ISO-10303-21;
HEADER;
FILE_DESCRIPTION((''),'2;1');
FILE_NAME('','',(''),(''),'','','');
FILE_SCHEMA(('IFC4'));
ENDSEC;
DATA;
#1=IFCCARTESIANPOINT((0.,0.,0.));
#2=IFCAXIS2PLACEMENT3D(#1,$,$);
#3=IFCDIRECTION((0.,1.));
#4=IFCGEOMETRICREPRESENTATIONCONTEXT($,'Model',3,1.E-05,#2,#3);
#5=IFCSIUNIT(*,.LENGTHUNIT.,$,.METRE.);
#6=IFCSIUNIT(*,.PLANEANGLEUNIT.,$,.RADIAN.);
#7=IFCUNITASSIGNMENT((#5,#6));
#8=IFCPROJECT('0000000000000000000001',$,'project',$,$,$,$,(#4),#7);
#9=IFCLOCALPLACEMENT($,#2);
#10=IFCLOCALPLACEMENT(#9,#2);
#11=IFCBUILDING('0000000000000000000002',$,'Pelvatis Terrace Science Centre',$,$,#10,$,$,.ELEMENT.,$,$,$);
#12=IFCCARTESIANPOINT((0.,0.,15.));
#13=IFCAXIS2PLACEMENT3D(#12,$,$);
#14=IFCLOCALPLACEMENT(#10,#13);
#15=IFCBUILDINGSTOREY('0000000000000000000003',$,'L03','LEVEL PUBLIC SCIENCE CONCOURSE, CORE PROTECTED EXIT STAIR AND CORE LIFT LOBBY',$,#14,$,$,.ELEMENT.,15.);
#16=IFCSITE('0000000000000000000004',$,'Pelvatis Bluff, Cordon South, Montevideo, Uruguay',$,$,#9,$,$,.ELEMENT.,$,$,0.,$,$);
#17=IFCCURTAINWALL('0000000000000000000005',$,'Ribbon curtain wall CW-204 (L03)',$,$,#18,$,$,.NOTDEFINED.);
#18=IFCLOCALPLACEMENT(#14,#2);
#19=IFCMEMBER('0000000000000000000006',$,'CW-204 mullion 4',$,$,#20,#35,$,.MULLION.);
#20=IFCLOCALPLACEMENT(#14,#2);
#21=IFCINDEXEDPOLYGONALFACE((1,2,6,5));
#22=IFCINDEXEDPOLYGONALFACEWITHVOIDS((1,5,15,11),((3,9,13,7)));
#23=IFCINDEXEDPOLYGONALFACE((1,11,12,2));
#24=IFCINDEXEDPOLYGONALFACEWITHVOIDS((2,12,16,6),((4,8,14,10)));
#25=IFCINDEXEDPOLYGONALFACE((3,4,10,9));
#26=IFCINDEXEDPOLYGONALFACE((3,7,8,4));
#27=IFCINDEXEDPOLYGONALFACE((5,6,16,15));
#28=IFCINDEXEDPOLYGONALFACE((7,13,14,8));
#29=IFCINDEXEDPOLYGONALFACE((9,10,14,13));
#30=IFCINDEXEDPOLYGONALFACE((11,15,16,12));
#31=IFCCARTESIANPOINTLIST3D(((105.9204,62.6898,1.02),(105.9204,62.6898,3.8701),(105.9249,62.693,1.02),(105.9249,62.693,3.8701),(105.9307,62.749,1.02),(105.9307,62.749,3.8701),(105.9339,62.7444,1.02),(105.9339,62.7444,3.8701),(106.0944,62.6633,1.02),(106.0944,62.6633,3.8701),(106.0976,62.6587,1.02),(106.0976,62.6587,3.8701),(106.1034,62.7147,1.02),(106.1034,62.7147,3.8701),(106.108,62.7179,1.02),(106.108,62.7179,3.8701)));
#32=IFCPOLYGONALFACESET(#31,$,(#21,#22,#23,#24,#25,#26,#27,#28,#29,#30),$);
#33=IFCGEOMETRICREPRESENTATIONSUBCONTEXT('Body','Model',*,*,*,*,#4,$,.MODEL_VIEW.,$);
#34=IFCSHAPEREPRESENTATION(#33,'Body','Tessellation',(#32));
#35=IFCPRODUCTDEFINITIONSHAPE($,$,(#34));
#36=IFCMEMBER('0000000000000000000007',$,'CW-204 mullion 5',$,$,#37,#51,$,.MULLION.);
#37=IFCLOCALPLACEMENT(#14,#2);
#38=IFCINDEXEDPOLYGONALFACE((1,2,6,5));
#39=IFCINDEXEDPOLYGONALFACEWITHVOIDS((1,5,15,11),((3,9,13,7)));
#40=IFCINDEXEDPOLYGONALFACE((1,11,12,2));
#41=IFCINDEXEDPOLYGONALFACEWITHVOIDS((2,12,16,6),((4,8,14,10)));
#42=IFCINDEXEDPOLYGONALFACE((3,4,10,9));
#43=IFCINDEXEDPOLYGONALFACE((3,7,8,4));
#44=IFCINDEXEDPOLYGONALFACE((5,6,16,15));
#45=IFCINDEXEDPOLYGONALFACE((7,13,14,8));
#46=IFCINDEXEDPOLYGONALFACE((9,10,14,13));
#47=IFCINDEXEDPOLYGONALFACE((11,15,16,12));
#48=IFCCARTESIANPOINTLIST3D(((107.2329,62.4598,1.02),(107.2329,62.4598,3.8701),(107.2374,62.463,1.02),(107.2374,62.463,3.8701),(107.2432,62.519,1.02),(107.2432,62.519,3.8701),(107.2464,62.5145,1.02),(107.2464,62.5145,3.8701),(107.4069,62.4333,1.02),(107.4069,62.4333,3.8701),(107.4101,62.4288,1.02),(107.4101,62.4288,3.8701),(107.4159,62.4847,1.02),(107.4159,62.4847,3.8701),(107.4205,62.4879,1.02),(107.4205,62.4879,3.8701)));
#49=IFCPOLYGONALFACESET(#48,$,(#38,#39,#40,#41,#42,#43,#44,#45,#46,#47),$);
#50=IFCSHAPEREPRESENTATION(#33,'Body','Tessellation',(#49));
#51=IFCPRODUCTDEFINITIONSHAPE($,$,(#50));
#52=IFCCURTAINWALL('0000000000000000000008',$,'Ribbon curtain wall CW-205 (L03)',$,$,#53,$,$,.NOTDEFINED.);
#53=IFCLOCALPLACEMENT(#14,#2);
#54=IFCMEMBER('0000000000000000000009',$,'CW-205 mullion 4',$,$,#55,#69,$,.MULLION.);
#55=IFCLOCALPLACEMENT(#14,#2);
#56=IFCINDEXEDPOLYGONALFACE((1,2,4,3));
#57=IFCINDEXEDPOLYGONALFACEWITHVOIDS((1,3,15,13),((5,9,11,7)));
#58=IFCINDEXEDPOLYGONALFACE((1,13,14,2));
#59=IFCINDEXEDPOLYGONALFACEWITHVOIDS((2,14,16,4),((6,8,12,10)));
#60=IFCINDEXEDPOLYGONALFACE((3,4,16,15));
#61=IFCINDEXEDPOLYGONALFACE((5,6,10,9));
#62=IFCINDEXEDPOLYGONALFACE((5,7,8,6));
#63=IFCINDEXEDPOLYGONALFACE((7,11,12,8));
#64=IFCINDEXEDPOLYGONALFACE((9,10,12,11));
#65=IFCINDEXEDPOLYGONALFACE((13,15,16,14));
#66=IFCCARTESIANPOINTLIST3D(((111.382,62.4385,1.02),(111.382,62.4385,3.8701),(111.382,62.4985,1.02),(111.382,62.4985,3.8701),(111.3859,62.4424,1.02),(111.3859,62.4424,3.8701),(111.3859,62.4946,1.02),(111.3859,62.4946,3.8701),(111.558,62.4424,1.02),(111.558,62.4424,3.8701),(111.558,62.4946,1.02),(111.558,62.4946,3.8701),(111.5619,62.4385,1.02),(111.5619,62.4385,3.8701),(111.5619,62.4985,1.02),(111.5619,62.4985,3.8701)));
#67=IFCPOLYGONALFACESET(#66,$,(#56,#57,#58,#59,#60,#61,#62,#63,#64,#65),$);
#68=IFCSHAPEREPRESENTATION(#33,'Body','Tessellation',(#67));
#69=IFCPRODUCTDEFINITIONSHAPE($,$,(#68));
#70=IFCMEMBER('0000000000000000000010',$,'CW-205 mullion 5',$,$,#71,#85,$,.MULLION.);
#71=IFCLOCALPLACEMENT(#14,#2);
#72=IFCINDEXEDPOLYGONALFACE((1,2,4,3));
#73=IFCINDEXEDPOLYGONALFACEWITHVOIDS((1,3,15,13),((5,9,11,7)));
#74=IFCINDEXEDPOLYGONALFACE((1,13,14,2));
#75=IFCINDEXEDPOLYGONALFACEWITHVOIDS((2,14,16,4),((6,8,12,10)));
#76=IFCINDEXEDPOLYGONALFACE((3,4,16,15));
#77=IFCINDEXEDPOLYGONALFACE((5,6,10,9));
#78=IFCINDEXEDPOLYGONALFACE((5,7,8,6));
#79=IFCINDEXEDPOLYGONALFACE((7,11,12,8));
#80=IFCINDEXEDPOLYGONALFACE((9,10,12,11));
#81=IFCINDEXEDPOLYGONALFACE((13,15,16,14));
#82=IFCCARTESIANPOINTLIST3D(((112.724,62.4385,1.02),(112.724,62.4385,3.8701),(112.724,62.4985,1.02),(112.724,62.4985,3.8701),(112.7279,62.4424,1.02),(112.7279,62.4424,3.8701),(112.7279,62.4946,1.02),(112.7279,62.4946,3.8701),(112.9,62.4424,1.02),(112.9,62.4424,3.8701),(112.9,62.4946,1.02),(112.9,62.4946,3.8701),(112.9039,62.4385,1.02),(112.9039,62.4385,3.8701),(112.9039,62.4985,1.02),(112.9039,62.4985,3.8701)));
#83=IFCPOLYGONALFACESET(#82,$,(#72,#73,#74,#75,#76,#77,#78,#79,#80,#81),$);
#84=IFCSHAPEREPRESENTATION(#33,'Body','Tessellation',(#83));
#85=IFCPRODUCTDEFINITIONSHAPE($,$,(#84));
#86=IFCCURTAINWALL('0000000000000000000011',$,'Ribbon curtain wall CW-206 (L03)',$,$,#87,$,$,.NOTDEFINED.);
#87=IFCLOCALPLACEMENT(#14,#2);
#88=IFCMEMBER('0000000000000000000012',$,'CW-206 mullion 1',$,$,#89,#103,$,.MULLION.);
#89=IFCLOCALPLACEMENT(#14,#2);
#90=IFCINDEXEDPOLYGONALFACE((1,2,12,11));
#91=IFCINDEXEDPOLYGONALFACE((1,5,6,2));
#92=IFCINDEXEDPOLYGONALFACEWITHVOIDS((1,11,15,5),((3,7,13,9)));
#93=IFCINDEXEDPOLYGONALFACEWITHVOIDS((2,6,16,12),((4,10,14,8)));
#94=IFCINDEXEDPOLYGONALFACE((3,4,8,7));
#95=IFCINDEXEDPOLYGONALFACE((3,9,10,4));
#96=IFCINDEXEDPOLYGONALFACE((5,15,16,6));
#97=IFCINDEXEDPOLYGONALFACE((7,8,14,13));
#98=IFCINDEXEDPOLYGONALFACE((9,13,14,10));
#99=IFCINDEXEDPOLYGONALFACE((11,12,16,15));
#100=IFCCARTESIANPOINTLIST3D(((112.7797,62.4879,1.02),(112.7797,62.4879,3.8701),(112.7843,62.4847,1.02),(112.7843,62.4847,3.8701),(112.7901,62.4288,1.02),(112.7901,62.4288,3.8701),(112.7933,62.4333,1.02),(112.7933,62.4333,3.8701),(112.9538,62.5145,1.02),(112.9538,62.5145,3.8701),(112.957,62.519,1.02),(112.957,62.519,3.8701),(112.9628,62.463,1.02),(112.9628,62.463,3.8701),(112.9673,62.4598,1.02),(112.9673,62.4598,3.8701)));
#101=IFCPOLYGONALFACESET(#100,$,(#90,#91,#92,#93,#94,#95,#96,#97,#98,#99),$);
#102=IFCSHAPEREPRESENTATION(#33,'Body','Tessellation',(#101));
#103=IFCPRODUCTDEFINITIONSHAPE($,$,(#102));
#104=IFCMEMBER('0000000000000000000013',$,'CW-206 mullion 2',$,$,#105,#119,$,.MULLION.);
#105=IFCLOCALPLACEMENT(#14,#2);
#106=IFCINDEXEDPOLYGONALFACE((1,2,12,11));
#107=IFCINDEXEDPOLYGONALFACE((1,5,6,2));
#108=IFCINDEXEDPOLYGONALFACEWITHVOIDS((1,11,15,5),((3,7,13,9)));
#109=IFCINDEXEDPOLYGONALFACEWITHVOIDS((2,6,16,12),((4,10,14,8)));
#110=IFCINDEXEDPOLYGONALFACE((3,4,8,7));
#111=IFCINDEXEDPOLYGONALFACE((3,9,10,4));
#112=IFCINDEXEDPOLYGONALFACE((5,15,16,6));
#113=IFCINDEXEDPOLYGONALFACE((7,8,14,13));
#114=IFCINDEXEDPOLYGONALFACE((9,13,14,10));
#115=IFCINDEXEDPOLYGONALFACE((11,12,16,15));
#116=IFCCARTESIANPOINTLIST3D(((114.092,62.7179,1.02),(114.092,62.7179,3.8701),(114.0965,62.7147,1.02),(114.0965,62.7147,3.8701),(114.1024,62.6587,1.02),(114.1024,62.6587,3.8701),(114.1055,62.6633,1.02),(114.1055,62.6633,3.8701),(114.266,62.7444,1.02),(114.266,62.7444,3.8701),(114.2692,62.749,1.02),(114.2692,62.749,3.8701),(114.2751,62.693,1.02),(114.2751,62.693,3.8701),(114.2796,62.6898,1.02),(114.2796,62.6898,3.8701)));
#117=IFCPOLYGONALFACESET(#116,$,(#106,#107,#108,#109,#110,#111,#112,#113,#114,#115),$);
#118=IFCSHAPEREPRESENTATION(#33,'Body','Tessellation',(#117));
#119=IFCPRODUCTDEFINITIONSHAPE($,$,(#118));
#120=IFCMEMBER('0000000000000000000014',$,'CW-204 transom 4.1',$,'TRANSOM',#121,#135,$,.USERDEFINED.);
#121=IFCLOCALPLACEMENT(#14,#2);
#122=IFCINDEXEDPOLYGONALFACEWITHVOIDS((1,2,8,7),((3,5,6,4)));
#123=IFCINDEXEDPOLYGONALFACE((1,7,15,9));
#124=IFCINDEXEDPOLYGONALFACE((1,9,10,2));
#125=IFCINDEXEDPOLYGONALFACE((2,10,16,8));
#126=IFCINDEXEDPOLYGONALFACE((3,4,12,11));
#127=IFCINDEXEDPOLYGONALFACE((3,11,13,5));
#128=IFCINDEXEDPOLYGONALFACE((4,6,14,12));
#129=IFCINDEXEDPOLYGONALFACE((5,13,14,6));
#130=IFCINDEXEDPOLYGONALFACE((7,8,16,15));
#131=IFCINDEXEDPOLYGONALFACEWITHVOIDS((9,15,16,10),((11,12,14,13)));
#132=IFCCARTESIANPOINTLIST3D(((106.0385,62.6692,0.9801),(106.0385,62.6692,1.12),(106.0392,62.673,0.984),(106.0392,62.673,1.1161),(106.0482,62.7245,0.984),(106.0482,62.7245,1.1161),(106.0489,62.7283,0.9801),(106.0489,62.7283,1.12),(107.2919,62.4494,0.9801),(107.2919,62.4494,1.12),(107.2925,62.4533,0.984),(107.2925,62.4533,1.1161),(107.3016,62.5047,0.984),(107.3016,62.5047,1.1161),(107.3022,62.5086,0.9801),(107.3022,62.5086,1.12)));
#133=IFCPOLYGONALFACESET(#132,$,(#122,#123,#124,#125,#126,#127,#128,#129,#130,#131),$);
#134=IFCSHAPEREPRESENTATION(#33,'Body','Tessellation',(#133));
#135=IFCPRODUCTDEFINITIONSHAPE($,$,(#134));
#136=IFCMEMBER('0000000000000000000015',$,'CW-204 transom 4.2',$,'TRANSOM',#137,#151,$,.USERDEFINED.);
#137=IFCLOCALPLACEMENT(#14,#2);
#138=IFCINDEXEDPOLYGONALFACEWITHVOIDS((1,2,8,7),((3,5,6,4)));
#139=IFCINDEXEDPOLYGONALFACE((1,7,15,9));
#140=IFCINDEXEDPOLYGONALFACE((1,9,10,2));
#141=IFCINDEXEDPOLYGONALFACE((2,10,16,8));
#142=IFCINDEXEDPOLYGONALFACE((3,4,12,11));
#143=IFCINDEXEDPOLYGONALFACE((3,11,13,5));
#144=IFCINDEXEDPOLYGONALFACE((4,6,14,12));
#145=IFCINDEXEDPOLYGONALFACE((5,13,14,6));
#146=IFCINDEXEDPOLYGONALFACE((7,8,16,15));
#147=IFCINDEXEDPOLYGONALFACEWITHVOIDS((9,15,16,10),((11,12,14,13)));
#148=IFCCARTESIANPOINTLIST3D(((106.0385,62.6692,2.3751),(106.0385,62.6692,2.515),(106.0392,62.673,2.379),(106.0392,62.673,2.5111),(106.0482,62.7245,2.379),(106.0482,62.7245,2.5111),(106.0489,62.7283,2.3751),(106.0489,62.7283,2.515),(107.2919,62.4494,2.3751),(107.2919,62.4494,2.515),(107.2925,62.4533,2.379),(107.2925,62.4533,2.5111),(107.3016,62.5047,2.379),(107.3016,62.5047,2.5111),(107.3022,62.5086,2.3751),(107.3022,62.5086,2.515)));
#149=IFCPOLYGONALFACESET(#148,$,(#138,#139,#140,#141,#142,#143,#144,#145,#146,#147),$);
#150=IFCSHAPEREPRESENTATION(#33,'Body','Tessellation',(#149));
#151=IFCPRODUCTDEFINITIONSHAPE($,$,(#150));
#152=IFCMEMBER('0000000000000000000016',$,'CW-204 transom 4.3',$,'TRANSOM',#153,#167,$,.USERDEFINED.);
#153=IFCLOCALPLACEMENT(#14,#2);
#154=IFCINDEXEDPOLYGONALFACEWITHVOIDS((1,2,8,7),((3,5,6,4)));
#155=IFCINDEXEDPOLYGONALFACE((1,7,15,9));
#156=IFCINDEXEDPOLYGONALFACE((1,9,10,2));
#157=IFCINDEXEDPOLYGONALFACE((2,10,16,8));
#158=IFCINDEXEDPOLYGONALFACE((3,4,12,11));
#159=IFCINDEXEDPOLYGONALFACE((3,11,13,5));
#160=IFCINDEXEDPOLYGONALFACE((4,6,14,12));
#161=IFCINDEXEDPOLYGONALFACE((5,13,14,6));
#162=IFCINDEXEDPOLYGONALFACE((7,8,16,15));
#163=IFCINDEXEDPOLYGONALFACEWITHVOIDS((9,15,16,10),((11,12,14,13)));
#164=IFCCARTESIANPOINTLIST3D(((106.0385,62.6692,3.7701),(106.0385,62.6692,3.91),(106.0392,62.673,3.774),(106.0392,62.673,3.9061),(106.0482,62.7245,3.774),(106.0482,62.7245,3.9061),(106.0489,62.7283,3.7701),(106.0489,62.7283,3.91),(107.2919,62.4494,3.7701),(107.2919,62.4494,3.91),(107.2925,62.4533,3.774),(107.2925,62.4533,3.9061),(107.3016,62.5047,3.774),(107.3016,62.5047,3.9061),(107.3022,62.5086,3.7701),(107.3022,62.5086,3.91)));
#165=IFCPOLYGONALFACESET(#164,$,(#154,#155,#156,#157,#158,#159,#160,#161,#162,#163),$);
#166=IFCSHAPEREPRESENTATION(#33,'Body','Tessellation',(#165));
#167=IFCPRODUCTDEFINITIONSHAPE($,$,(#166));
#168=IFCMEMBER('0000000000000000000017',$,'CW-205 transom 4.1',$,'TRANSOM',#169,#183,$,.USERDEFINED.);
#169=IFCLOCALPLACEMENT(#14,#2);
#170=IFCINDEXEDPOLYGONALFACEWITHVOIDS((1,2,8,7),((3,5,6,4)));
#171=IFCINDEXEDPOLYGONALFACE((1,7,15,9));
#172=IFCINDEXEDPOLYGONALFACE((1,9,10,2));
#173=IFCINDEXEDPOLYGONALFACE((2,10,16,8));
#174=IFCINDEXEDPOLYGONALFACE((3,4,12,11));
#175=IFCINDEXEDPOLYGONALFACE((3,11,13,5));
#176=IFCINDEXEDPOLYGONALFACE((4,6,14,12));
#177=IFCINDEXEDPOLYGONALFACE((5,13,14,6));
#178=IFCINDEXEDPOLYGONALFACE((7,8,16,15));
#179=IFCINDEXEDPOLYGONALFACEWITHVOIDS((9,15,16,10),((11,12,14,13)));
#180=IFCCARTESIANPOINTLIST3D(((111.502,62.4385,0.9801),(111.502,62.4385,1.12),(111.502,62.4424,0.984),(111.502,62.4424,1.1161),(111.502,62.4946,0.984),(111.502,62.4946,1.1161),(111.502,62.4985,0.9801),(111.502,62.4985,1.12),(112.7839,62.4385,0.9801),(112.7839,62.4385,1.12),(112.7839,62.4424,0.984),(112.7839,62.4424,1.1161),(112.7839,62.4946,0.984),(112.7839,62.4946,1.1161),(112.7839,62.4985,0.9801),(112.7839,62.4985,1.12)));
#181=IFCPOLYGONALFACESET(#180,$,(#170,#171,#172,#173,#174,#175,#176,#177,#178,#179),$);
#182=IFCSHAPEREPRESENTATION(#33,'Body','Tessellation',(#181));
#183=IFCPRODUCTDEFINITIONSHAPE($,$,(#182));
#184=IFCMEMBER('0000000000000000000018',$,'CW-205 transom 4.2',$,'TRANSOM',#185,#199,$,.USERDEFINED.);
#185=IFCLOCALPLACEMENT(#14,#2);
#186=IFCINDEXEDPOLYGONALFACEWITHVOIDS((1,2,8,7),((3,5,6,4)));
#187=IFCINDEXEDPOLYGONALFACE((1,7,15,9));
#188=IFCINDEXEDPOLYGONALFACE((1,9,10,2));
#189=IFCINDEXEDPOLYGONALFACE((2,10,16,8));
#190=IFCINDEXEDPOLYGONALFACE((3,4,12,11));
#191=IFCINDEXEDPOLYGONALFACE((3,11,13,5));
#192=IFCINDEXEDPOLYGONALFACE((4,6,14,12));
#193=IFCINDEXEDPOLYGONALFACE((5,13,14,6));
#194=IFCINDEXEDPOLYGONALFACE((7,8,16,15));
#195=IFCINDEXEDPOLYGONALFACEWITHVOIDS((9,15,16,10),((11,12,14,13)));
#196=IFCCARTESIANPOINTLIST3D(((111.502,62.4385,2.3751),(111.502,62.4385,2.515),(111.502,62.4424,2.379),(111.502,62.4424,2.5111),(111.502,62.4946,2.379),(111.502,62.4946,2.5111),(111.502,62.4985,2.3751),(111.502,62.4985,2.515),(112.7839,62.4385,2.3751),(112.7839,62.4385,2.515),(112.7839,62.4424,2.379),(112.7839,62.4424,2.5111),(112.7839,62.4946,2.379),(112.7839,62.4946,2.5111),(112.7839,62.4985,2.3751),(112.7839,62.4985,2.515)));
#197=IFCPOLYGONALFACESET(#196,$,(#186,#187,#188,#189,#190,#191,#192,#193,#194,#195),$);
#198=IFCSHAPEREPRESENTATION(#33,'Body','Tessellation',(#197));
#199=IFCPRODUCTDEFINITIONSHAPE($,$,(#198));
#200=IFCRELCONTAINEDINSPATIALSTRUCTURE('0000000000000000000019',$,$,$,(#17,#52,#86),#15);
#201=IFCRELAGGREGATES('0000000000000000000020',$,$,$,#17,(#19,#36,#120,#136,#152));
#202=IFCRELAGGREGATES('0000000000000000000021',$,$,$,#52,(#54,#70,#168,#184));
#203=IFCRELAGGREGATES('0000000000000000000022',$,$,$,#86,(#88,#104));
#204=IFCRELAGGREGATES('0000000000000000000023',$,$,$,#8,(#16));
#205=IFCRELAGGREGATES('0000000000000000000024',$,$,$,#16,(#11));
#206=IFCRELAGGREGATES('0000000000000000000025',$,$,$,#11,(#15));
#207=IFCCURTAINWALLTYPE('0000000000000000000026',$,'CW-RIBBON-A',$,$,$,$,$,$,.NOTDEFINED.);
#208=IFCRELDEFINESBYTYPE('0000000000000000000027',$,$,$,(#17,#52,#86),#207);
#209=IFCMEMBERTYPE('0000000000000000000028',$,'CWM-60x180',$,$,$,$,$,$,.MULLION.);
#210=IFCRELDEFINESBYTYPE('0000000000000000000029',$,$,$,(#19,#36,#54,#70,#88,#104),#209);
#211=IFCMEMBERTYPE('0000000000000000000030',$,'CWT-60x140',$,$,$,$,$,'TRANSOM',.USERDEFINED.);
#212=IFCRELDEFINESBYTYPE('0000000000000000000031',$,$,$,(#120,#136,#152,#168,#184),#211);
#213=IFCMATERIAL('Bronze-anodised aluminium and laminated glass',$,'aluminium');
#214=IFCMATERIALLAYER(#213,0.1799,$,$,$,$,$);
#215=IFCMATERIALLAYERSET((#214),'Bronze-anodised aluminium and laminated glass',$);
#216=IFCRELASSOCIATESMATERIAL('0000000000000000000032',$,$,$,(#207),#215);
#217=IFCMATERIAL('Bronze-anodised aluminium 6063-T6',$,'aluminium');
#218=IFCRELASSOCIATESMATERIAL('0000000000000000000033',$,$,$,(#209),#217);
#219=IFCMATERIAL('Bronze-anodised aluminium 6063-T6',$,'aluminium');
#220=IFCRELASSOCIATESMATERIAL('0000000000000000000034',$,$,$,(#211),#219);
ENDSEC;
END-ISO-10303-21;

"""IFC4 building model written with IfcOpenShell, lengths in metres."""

from ifc_helpers import new_model, si_unit, direction, frame, origin, origin_2d, place, context, subcontext, project, spatial, hollow_rectangle, extrude, material, layer, layer_set, material_profile, profile_set, type_object, element, aggregate, save


model = new_model("IFC4")

# Units and contexts
model_context = context("Model", 3, precision=1e-05, world=origin(), true_north=direction((0.0, 1.0)))
body_context = subcontext(model_context, "Body", "Model", "MODEL_VIEW")
ifc_project = project(units=[si_unit("LENGTHUNIT", "METRE"), si_unit("PLANEANGLEUNIT", "RADIAN")], contexts=[model_context])

# Site, building, storey
site_placement = place(None, origin())
site = spatial("IfcSite", under=ifc_project, at=site_placement, Name="Pelvatis Bluff, Cordon South, Montevideo, Uruguay", CompositionType="ELEMENT", RefElevation=0.0)
building_placement = place(site_placement, origin())
building = spatial("IfcBuilding", under=site, at=building_placement, Name="Pelvatis Terrace Science Centre", CompositionType="ELEMENT")
storey_placement = place(building_placement, frame((0.0, 0.0, 15.0)))
storey = spatial("IfcBuildingStorey", under=building, at=storey_placement, Name="L03", Description="LEVEL PUBLIC SCIENCE CONCOURSE, CORE PROTECTED EXIT STAIR AND CORE LIFT LOBBY", CompositionType="ELEMENT", Elevation=15.0)

# Curtain walls, members
ifc_material_1 = material(Name="Bronze-anodised aluminium and laminated glass", Category="aluminium")
ifc_layer_1 = layer(ifc_material_1, 0.1799)
ifc_layer_set_1 = layer_set([ifc_layer_1], Name="Bronze-anodised aluminium and laminated glass")
curtain_wall_type = type_object("IfcCurtainWallType", Name="CW-RIBBON-A", PredefinedType="NOTDEFINED", material=ifc_layer_set_1)
curtain_wall_1_placement = place(storey_placement, origin())
curtain_wall_1 = element("IfcCurtainWall", 1, at=curtain_wall_1_placement, inside=storey, type_object=curtain_wall_type, Name="Ribbon curtain wall CW-204 (L03)", PredefinedType="NOTDEFINED")
ifc_material_2 = material(Name="Bronze-anodised aluminium 6063-T6", Category="aluminium")
ifc_material_profile_1 = material_profile(ifc_material_2, hollow_rectangle(XDim=0.0601, YDim=0.1799, WallThickness=0.0039, at=origin_2d()), Name="ALU-MUL 60x180")
ifc_profile_set_1 = profile_set([ifc_material_profile_1], Name="Bronze-anodised aluminium 6063-T6")
member_type_1 = type_object("IfcMemberType", Name="CWM-60x180", PredefinedType="MULLION", material=ifc_profile_set_1)
member_1_placement = place(storey_placement, frame((106.0142, 62.7039, 1.02), z_axis=(0.0, 0.0, 1.0), x_axis=(0.172671, 0.984979, 0.0)))
member_1 = element("IfcMember", 2, at=member_1_placement, type_object=member_type_1, Name="CW-204 mullion 4", PredefinedType="MULLION", context=body_context, shape_type="SweptSolid", body=[
    extrude(hollow_rectangle(XDim=0.0601, YDim=0.1799, WallThickness=0.0039, at=origin_2d()), origin(), (0.0, 0.0, 1.0), 2.8501),
])
member_2_placement = place(storey_placement, frame((107.3267, 62.4739, 1.02), z_axis=(0.0, 0.0, 1.0), x_axis=(0.172671, 0.984979, 0.0)))
member_2 = element("IfcMember", 3, at=member_2_placement, type_object=member_type_1, Name="CW-204 mullion 5", PredefinedType="MULLION", context=body_context, shape_type="SweptSolid", body=[
    extrude(hollow_rectangle(XDim=0.0601, YDim=0.1799, WallThickness=0.0039, at=origin_2d()), origin(), (0.0, 0.0, 1.0), 2.8501),
])
curtain_wall_2_placement = place(storey_placement, origin())
curtain_wall_2 = element("IfcCurtainWall", 4, at=curtain_wall_2_placement, inside=storey, type_object=curtain_wall_type, Name="Ribbon curtain wall CW-205 (L03)", PredefinedType="NOTDEFINED")
member_3_placement = place(storey_placement, frame((111.4719, 62.4685, 1.02), z_axis=(0.0, 0.0, 1.0), x_axis=(0.0, 1.0, 0.0)))
member_3 = element("IfcMember", 5, at=member_3_placement, type_object=member_type_1, Name="CW-205 mullion 4", PredefinedType="MULLION", context=body_context, shape_type="SweptSolid", body=[
    extrude(hollow_rectangle(XDim=0.0601, YDim=0.1799, WallThickness=0.0039, at=origin_2d()), origin(), (0.0, 0.0, 1.0), 2.8501),
])
member_4_placement = place(storey_placement, frame((112.814, 62.4685, 1.02), z_axis=(0.0, 0.0, 1.0), x_axis=(0.0, 1.0, 0.0)))
member_4 = element("IfcMember", 6, at=member_4_placement, type_object=member_type_1, Name="CW-205 mullion 5", PredefinedType="MULLION", context=body_context, shape_type="SweptSolid", body=[
    extrude(hollow_rectangle(XDim=0.0601, YDim=0.1799, WallThickness=0.0039, at=origin_2d()), origin(), (0.0, 0.0, 1.0), 2.8501),
])
curtain_wall_3_placement = place(storey_placement, origin())
curtain_wall_3 = element("IfcCurtainWall", 7, at=curtain_wall_3_placement, inside=storey, type_object=curtain_wall_type, Name="Ribbon curtain wall CW-206 (L03)", PredefinedType="NOTDEFINED")
member_5_placement = place(storey_placement, frame((112.8735, 62.4739, 1.02), z_axis=(0.0, 0.0, 1.0), x_axis=(-0.172671, 0.984979, 0.0)))
member_5 = element("IfcMember", 8, at=member_5_placement, type_object=member_type_1, Name="CW-206 mullion 1", PredefinedType="MULLION", context=body_context, shape_type="SweptSolid", body=[
    extrude(hollow_rectangle(XDim=0.0601, YDim=0.1799, WallThickness=0.0039, at=origin_2d()), origin(), (0.0, 0.0, 1.0), 2.8501),
])
member_6_placement = place(storey_placement, frame((114.1858, 62.7039, 1.02), z_axis=(0.0, 0.0, 1.0), x_axis=(-0.172671, 0.984979, 0.0)))
member_6 = element("IfcMember", 9, at=member_6_placement, type_object=member_type_1, Name="CW-206 mullion 2", PredefinedType="MULLION", context=body_context, shape_type="SweptSolid", body=[
    extrude(hollow_rectangle(XDim=0.0601, YDim=0.1799, WallThickness=0.0039, at=origin_2d()), origin(), (0.0, 0.0, 1.0), 2.8501),
])

# Members
ifc_material_3 = material(Name="Bronze-anodised aluminium 6063-T6", Category="aluminium")
ifc_material_profile_2 = material_profile(ifc_material_3, hollow_rectangle(XDim=0.0601, YDim=0.1399, WallThickness=0.0039, at=origin_2d()), Name="ALU-TRN 60x140")
ifc_profile_set_2 = profile_set([ifc_material_profile_2], Name="Bronze-anodised aluminium 6063-T6")
member_type_2 = type_object("IfcMemberType", Name="CWT-60x140", ElementType="TRANSOM", PredefinedType="USERDEFINED", material=ifc_profile_set_2)
member_7_placement = place(storey_placement, frame((106.0437, 62.6987, 1.05), z_axis=(0.98498, -0.172669, 0.0), x_axis=(0.172669, 0.98498, 0.0)))
member_7 = element("IfcMember", 10, at=member_7_placement, type_object=member_type_2, Name="CW-204 transom 4.1", ObjectType="TRANSOM", PredefinedType="USERDEFINED", context=body_context, shape_type="SweptSolid", body=[
    extrude(hollow_rectangle(XDim=0.0601, YDim=0.1399, WallThickness=0.0039, at=origin_2d()), origin(), (0.0, 0.0, 1.0), 1.2725),
])
member_8_placement = place(storey_placement, frame((106.0437, 62.6987, 2.4451), z_axis=(0.98498, -0.172669, 0.0), x_axis=(0.172669, 0.98498, 0.0)))
member_8 = element("IfcMember", 11, at=member_8_placement, type_object=member_type_2, Name="CW-204 transom 4.2", ObjectType="TRANSOM", PredefinedType="USERDEFINED", context=body_context, shape_type="SweptSolid", body=[
    extrude(hollow_rectangle(XDim=0.0601, YDim=0.1399, WallThickness=0.0039, at=origin_2d()), origin(), (0.0, 0.0, 1.0), 1.2725),
])
member_9_placement = place(storey_placement, frame((106.0437, 62.6987, 3.8401), z_axis=(0.98498, -0.172669, 0.0), x_axis=(0.172669, 0.98498, 0.0)))
member_9 = element("IfcMember", 12, at=member_9_placement, type_object=member_type_2, Name="CW-204 transom 4.3", ObjectType="TRANSOM", PredefinedType="USERDEFINED", context=body_context, shape_type="SweptSolid", body=[
    extrude(hollow_rectangle(XDim=0.0601, YDim=0.1399, WallThickness=0.0039, at=origin_2d()), origin(), (0.0, 0.0, 1.0), 1.2725),
])
member_10_placement = place(storey_placement, frame((111.502, 62.4685, 1.05), z_axis=(1.0, 0.0, 0.0), x_axis=(0.0, 1.0, 0.0)))
member_10 = element("IfcMember", 13, at=member_10_placement, type_object=member_type_2, Name="CW-205 transom 4.1", ObjectType="TRANSOM", PredefinedType="USERDEFINED", context=body_context, shape_type="SweptSolid", body=[
    extrude(hollow_rectangle(XDim=0.0601, YDim=0.1399, WallThickness=0.0039, at=origin_2d()), origin(), (0.0, 0.0, 1.0), 1.282),
])
member_11_placement = place(storey_placement, frame((111.502, 62.4685, 2.4451), z_axis=(1.0, 0.0, 0.0), x_axis=(0.0, 1.0, 0.0)))
member_11 = element("IfcMember", 14, at=member_11_placement, type_object=member_type_2, Name="CW-205 transom 4.2", ObjectType="TRANSOM", PredefinedType="USERDEFINED", context=body_context, shape_type="SweptSolid", body=[
    extrude(hollow_rectangle(XDim=0.0601, YDim=0.1399, WallThickness=0.0039, at=origin_2d()), origin(), (0.0, 0.0, 1.0), 1.282),
])

aggregate(curtain_wall_1, [member_1, member_2, member_7, member_8, member_9])
aggregate(curtain_wall_2, [member_3, member_4, member_10, member_11])
aggregate(curtain_wall_3, [member_5, member_6])

save(model, "model.ifc")
